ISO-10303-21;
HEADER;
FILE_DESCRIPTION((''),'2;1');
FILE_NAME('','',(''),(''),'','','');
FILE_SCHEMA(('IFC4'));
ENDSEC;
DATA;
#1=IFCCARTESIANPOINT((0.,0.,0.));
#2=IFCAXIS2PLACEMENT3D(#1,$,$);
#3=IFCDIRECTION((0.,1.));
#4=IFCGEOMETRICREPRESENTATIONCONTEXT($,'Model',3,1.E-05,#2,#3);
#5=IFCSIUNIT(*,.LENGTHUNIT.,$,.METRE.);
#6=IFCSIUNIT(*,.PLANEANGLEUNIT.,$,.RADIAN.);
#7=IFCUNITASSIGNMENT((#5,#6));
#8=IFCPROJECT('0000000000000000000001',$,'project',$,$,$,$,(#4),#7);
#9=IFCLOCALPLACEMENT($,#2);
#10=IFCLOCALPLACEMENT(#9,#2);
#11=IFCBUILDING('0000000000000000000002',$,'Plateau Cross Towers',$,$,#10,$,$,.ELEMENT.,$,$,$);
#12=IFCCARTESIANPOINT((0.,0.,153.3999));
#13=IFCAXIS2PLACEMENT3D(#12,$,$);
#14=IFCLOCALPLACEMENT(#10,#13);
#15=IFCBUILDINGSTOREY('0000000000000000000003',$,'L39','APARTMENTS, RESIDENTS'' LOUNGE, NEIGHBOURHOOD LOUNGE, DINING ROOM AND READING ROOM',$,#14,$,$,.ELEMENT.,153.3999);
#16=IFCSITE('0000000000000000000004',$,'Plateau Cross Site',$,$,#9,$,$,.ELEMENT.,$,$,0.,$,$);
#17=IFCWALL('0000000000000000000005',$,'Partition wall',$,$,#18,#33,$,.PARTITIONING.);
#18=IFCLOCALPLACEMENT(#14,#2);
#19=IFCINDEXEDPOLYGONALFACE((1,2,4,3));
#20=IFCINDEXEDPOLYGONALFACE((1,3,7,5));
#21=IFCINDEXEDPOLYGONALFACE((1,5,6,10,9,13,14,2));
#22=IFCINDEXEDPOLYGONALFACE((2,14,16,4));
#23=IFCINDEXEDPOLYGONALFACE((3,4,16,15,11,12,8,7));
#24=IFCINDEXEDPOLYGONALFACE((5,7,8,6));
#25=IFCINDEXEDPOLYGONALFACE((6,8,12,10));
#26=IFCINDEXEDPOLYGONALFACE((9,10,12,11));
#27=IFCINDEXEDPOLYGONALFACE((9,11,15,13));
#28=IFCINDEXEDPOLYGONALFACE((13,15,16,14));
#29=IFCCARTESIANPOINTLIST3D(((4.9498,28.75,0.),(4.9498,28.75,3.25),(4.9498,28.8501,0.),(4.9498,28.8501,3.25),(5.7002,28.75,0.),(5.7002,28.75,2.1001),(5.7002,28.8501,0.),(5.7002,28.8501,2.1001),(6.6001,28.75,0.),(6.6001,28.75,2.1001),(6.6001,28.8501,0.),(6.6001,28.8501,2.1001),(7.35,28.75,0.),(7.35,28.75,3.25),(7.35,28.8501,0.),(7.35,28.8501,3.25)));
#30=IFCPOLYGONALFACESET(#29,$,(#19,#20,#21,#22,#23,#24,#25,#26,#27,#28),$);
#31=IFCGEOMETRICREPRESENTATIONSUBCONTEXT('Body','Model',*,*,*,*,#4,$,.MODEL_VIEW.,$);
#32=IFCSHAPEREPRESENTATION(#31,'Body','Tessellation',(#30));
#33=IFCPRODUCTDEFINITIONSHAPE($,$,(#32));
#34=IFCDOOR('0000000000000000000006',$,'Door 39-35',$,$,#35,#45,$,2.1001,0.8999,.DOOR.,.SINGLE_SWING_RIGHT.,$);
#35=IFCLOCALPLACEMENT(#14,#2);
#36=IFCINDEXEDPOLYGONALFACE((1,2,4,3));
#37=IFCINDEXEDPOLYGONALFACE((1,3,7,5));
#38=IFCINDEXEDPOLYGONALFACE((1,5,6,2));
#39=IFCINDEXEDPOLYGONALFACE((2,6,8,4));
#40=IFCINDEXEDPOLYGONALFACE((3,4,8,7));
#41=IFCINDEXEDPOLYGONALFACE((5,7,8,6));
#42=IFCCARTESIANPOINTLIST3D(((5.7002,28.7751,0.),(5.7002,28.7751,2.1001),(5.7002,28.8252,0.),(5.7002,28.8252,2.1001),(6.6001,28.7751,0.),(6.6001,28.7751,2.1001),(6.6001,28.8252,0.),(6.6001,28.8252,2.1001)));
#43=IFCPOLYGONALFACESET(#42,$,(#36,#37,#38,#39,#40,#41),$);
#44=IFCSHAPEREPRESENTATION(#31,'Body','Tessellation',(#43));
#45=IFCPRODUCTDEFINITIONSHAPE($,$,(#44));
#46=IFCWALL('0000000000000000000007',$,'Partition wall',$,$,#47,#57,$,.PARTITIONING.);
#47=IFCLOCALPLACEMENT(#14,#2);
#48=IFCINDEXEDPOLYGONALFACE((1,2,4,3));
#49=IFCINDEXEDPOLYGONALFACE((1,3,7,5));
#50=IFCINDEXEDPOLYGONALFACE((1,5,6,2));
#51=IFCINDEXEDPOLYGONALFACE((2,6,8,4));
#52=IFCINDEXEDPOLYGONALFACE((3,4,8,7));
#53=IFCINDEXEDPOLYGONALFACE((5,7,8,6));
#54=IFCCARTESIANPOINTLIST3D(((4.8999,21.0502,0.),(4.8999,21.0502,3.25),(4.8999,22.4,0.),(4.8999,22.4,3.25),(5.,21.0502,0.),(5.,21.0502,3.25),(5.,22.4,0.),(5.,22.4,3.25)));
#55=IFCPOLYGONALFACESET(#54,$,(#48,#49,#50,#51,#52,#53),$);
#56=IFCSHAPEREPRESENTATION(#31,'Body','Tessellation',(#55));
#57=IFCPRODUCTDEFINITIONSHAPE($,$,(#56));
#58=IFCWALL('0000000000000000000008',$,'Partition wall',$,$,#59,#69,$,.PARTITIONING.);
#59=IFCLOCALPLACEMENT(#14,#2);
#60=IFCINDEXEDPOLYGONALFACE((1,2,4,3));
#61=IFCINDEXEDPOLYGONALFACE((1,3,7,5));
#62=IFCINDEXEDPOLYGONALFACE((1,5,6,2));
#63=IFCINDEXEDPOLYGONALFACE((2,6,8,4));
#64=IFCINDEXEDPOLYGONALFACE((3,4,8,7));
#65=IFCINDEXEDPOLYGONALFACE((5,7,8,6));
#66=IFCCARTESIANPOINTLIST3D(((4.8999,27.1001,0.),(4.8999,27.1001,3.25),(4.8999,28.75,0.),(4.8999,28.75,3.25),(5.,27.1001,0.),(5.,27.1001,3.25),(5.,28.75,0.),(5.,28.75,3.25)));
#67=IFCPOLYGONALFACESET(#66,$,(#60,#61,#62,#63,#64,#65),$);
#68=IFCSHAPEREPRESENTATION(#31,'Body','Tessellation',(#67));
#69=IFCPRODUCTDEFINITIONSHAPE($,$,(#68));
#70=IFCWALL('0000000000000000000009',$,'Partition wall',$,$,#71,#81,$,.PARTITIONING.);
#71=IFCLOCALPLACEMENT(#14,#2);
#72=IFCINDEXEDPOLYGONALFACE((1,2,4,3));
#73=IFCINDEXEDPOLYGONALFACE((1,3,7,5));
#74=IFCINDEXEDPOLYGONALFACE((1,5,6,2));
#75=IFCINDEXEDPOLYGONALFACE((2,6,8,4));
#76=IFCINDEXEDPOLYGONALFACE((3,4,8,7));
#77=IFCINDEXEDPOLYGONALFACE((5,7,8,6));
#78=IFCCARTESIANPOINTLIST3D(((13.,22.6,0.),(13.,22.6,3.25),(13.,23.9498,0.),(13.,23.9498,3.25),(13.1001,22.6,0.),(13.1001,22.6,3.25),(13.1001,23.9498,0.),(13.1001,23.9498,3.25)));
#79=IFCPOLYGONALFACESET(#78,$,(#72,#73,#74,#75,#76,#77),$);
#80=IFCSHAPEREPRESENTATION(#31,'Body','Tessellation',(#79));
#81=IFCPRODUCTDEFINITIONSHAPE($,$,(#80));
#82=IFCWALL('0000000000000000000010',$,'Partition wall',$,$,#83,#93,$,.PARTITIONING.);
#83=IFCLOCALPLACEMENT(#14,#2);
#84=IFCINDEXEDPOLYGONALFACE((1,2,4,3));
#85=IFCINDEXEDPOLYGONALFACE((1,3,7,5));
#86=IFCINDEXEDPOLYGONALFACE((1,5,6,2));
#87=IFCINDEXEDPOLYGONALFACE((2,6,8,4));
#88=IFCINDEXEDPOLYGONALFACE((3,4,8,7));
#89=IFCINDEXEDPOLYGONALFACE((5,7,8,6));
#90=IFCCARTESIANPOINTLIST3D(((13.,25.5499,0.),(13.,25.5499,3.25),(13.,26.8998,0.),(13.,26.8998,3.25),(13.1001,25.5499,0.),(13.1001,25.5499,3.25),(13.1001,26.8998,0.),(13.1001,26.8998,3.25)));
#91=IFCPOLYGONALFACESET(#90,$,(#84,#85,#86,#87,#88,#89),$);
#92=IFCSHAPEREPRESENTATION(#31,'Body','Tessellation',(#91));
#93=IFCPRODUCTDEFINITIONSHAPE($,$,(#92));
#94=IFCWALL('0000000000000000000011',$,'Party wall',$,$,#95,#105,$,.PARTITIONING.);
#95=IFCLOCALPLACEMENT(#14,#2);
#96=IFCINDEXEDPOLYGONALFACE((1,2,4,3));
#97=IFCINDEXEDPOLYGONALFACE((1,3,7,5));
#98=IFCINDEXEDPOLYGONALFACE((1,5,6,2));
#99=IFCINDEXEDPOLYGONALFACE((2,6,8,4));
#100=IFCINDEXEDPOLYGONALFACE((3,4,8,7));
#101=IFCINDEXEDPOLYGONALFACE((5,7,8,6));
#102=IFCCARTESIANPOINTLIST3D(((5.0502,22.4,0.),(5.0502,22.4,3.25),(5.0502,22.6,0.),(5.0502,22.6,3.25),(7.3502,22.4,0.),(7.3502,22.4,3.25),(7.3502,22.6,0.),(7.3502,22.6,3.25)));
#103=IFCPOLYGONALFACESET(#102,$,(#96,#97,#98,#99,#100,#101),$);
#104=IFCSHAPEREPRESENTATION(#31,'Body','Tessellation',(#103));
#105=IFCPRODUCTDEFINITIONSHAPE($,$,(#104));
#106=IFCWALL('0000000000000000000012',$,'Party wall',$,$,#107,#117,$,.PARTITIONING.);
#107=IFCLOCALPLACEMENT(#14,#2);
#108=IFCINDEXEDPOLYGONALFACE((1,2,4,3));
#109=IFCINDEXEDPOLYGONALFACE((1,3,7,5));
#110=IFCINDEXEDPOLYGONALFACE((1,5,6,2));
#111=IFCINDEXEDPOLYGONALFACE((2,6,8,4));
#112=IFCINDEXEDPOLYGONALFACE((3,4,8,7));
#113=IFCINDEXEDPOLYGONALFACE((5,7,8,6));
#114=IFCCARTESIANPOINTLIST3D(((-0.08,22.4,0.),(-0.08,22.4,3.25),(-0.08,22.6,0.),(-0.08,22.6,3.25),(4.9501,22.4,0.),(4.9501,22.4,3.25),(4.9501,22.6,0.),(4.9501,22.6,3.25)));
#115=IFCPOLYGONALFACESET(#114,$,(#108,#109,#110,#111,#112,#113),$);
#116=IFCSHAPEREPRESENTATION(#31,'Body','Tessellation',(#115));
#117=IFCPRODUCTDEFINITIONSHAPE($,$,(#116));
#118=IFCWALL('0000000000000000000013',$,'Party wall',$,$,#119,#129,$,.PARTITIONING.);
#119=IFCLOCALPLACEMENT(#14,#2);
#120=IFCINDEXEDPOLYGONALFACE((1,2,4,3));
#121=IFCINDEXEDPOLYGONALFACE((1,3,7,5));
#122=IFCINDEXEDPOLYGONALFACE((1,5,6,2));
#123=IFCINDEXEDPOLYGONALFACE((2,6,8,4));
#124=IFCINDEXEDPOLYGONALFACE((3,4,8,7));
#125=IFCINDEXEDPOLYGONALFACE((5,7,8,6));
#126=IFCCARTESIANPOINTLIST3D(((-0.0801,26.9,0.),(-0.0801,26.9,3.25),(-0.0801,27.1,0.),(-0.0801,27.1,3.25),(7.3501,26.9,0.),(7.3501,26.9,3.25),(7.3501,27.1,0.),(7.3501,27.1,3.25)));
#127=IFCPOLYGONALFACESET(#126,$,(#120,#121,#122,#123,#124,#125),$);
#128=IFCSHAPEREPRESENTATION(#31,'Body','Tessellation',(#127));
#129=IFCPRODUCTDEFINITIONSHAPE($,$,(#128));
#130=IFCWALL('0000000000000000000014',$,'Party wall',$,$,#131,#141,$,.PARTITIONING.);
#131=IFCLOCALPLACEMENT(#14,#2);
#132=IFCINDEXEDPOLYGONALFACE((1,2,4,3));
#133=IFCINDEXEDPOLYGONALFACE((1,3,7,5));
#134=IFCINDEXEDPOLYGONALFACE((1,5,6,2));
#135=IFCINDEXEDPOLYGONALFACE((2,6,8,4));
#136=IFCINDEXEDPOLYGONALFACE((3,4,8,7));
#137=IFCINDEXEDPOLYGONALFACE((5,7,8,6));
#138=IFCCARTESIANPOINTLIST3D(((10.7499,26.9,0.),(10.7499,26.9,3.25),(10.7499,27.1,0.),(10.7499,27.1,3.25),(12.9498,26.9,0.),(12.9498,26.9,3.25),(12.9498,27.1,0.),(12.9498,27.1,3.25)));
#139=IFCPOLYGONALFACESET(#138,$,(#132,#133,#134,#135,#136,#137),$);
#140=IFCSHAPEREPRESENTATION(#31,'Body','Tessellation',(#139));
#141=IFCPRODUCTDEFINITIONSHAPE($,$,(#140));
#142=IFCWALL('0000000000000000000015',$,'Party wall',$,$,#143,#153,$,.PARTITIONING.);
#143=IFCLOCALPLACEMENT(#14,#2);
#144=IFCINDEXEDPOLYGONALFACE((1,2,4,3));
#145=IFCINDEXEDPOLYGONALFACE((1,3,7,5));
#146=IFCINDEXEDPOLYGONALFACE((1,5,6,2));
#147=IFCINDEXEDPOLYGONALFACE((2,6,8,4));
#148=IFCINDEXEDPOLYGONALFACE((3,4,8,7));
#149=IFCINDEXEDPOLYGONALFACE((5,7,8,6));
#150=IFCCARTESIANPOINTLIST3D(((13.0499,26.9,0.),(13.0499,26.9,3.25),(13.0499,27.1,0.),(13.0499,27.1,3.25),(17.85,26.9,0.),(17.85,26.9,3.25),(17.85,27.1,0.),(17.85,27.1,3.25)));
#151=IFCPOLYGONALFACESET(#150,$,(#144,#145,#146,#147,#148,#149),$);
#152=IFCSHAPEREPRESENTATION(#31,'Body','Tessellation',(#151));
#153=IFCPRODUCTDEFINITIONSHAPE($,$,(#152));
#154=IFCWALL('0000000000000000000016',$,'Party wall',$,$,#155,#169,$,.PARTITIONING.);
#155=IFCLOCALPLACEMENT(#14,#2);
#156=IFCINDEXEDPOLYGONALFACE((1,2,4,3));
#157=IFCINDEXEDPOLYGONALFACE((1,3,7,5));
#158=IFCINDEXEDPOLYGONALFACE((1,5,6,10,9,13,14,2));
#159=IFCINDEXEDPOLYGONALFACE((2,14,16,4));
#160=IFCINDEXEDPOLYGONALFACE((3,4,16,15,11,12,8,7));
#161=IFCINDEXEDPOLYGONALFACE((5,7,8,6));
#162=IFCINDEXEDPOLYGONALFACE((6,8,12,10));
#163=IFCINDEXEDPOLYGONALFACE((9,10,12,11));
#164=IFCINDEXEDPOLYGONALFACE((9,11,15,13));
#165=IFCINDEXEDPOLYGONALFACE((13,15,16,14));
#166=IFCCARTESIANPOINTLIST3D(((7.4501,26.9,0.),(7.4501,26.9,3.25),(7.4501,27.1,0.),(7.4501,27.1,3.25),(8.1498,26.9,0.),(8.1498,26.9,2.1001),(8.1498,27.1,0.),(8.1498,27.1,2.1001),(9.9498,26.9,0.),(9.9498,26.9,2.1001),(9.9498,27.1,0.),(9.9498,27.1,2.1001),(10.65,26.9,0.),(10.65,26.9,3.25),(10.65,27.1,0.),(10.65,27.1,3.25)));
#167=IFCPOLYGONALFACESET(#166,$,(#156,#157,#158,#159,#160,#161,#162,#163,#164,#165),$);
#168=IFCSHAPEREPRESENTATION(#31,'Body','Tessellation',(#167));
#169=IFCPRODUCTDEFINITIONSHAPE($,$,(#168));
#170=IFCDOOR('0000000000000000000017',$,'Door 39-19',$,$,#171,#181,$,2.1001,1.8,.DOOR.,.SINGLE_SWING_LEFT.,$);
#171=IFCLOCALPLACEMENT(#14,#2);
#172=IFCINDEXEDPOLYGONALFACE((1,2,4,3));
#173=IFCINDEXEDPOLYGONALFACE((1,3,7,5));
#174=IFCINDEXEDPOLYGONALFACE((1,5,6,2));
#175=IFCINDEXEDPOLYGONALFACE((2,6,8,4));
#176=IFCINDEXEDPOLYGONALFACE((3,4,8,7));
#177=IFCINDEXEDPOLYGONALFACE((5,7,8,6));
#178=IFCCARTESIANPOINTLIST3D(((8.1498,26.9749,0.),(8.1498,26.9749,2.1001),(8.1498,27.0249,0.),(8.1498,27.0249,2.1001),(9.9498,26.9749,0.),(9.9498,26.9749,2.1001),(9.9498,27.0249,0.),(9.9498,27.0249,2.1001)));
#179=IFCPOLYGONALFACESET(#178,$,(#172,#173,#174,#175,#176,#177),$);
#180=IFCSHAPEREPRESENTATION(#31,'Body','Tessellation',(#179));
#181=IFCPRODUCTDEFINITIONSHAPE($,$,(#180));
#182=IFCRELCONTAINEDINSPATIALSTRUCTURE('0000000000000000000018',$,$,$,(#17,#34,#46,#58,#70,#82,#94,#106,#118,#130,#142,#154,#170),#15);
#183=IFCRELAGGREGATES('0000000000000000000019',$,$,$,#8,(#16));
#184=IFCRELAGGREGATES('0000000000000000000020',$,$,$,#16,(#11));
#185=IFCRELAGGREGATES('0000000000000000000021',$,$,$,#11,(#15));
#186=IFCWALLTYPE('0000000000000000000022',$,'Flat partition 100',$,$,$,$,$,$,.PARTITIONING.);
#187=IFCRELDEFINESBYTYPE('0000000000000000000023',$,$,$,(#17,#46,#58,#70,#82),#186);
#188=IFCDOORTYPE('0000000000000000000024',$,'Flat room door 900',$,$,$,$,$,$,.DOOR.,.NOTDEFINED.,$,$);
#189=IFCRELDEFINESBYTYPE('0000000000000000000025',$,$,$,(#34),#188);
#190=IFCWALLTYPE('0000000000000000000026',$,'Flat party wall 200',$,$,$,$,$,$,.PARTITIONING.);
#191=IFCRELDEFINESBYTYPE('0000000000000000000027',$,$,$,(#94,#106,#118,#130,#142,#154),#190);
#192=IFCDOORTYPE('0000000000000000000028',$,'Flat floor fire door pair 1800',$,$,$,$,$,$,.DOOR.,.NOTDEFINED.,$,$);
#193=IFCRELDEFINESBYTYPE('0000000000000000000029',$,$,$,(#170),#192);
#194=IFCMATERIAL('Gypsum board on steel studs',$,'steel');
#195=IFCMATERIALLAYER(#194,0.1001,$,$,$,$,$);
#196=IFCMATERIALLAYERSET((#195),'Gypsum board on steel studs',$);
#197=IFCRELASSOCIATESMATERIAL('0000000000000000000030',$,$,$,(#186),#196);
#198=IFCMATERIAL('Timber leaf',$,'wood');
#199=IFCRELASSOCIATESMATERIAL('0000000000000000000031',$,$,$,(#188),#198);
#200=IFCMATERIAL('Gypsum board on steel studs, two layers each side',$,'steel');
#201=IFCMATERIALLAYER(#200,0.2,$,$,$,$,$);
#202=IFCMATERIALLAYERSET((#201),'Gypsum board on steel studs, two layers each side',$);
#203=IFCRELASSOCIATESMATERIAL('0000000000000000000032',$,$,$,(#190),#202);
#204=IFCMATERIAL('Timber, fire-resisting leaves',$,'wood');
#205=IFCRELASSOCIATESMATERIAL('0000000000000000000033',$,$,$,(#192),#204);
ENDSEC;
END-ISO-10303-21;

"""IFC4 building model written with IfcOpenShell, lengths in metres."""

from ifc_helpers import new_model, si_unit, direction, frame, frame_2d, origin, place, context, subcontext, project, spatial, rectangle, extrude, material, layer, layer_set, type_object, element, fill, save


model = new_model("IFC4")

# Units and contexts
model_context = context("Model", 3, precision=1e-05, world=origin(), true_north=direction((0.0, 1.0)))
body_context = subcontext(model_context, "Body", "Model", "MODEL_VIEW")
ifc_project = project(units=[si_unit("LENGTHUNIT", "METRE"), si_unit("PLANEANGLEUNIT", "RADIAN")], contexts=[model_context])

# Site, building, storey
site_placement = place(None, origin())
site = spatial("IfcSite", under=ifc_project, at=site_placement, Name="Plateau Cross Site", CompositionType="ELEMENT", RefElevation=0.0)
building_placement = place(site_placement, origin())
building = spatial("IfcBuilding", under=site, at=building_placement, Name="Plateau Cross Towers", CompositionType="ELEMENT")
storey_placement = place(building_placement, frame((0.0, 0.0, 153.3999)))
storey = spatial("IfcBuildingStorey", under=building, at=storey_placement, Name="L39", Description="APARTMENTS, RESIDENTS' LOUNGE, NEIGHBOURHOOD LOUNGE, DINING ROOM AND READING ROOM", CompositionType="ELEMENT", Elevation=153.3999)

# Wall, opening, door
ifc_material_1 = material(Name="Gypsum board on steel studs", Category="steel")
ifc_layer_1 = layer(ifc_material_1, 0.1001)
ifc_layer_set_1 = layer_set([ifc_layer_1], Name="Gypsum board on steel studs")
wall_type_1 = type_object("IfcWallType", Name="Flat partition 100", PredefinedType="PARTITIONING", material=ifc_layer_set_1)
ifc_material_2 = material(Name="Timber leaf", Category="wood")
door_type_1 = type_object("IfcDoorType", Name="Flat room door 900", OperationType="NOTDEFINED", PredefinedType="DOOR", material=ifc_material_2)
wall_1_placement = place(storey_placement, frame((7.3501, 28.8, 0.0), z_axis=(0.0, 0.0, 1.0), x_axis=(-1.0, 0.0, 0.0)))
wall_1 = element("IfcWall", 1, at=wall_1_placement, inside=storey, type_object=wall_type_1, Name="Partition wall", PredefinedType="PARTITIONING", context=body_context, shape_type="SweptSolid", body=[
    extrude(rectangle(XDim=2.4001, YDim=0.1001, at=frame_2d((1.2002, 0.0))), origin(), (0.0, 0.0, 1.0), 3.25),
])
opening_1_placement = place(wall_1_placement, frame((0.75, 0.0, 0.0)))
opening_1 = element("IfcOpeningElement", 2, at=opening_1_placement, cuts=wall_1, PredefinedType="OPENING", context=body_context, shape_type="SweptSolid", body=[
    extrude(rectangle(XDim=0.8999, YDim=2.1001, at=frame_2d((0.45, 1.05))), frame((0.0, 0.0601, 0.0), z_axis=(0.0, -1.0, 0.0), x_axis=(1.0, 0.0, 0.0)), (0.0, 0.0, 1.0), 0.1201),
])
door_1_placement = place(opening_1_placement, origin())
door_1 = element("IfcDoor", 3, at=door_1_placement, inside=storey, type_object=door_type_1, Name="Door 39-35", OperationType="SINGLE_SWING_RIGHT", OverallHeight=2.1001, OverallWidth=0.8999, PredefinedType="DOOR", context=body_context, shape_type="SweptSolid", body=[
    extrude(rectangle(XDim=0.8999, YDim=2.1001, at=frame_2d((0.45, 1.05))), frame((0.0, 0.0249, 0.0), z_axis=(0.0, -1.0, 0.0), x_axis=(1.0, 0.0, 0.0)), (0.0, 0.0, 1.0), 0.05),
])
fill(opening_1, door_1)

# Walls
wall_2_placement = place(storey_placement, frame((4.95, 22.3999, 0.0), z_axis=(0.0, 0.0, 1.0), x_axis=(0.0, -1.0, 0.0)))
element("IfcWall", 4, at=wall_2_placement, inside=storey, type_object=wall_type_1, Name="Partition wall", PredefinedType="PARTITIONING", context=body_context, shape_type="SweptSolid", body=[
    extrude(rectangle(XDim=1.3499, YDim=0.1001, at=frame_2d((0.6748, 0.0))), origin(), (0.0, 0.0, 1.0), 3.25),
])
wall_3_placement = place(storey_placement, frame((4.95, 28.75, 0.0), z_axis=(0.0, 0.0, 1.0), x_axis=(0.0, -1.0, 0.0)))
element("IfcWall", 5, at=wall_3_placement, inside=storey, type_object=wall_type_1, Name="Partition wall", PredefinedType="PARTITIONING", context=body_context, shape_type="SweptSolid", body=[
    extrude(rectangle(XDim=1.6499, YDim=0.1001, at=frame_2d((0.825, 0.0))), origin(), (0.0, 0.0, 1.0), 3.25),
])
for number, where, z_axis, x_axis, name in (
    (6, (13.05, 22.6001, 0.0), (0.0, 0.0, 1.0), (0.0, 1.0, 0.0), "Partition wall"),
    (7, (13.05, 25.55, 0.0), (0.0, 0.0, 1.0), (0.0, 1.0, 0.0), "Partition wall"),
):
    element("IfcWall", number, at=place(storey_placement, frame(where, z_axis=z_axis, x_axis=x_axis)), inside=storey, type_object=wall_type_1, Name=name, PredefinedType="PARTITIONING", context=body_context, shape_type="SweptSolid", body=[
        extrude(rectangle(XDim=1.3499, YDim=0.1001, at=frame_2d((0.6748, 0.0))), origin(), (0.0, 0.0, 1.0), 3.25),
    ])
ifc_material_3 = material(Name="Gypsum board on steel studs, two layers each side", Category="steel")
ifc_layer_2 = layer(ifc_material_3, 0.2)
ifc_layer_set_2 = layer_set([ifc_layer_2], Name="Gypsum board on steel studs, two layers each side")
wall_type_2 = type_object("IfcWallType", Name="Flat party wall 200", PredefinedType="PARTITIONING", material=ifc_layer_set_2)
wall_4_placement = place(storey_placement, frame((7.3501, 22.5, 0.0), z_axis=(0.0, 0.0, 1.0), x_axis=(-1.0, 0.0, 0.0)))
element("IfcWall", 8, at=wall_4_placement, inside=storey, type_object=wall_type_2, Name="Party wall", PredefinedType="PARTITIONING", context=body_context, shape_type="SweptSolid", body=[
    extrude(rectangle(XDim=2.3, YDim=0.2, at=frame_2d((1.1499, 0.0))), origin(), (0.0, 0.0, 1.0), 3.25),
])
wall_5_placement = place(storey_placement, frame((-0.0801, 22.5, 0.0), z_axis=(0.0, 0.0, 1.0), x_axis=(1.0, 0.0, 0.0)))
element("IfcWall", 9, at=wall_5_placement, inside=storey, type_object=wall_type_2, Name="Party wall", PredefinedType="PARTITIONING", context=body_context, shape_type="SweptSolid", body=[
    extrude(rectangle(XDim=5.03, YDim=0.2, at=frame_2d((2.5151, 0.0))), origin(), (0.0, 0.0, 1.0), 3.25),
])
wall_6_placement = place(storey_placement, frame((7.3501, 27.0, 0.0), z_axis=(0.0, 0.0, 1.0), x_axis=(-1.0, 0.0, 0.0)))
element("IfcWall", 10, at=wall_6_placement, inside=storey, type_object=wall_type_2, Name="Party wall", PredefinedType="PARTITIONING", context=body_context, shape_type="SweptSolid", body=[
    extrude(rectangle(XDim=7.4302, YDim=0.2, at=frame_2d((3.7151, 0.0))), origin(), (0.0, 0.0, 1.0), 3.25),
])
wall_7_placement = place(storey_placement, frame((12.95, 27.0, 0.0), z_axis=(0.0, 0.0, 1.0), x_axis=(-1.0, 0.0, 0.0)))
element("IfcWall", 11, at=wall_7_placement, inside=storey, type_object=wall_type_2, Name="Party wall", PredefinedType="PARTITIONING", context=body_context, shape_type="SweptSolid", body=[
    extrude(rectangle(XDim=2.2, YDim=0.2, at=frame_2d((1.1001, 0.0))), origin(), (0.0, 0.0, 1.0), 3.25),
])
wall_8_placement = place(storey_placement, frame((13.05, 27.0, 0.0), z_axis=(0.0, 0.0, 1.0), x_axis=(1.0, 0.0, 0.0)))
element("IfcWall", 12, at=wall_8_placement, inside=storey, type_object=wall_type_2, Name="Party wall", PredefinedType="PARTITIONING", context=body_context, shape_type="SweptSolid", body=[
    extrude(rectangle(XDim=4.8, YDim=0.2, at=frame_2d((2.3999, 0.0))), origin(), (0.0, 0.0, 1.0), 3.25),
])

# Wall, opening, door
wall_9_placement = place(storey_placement, frame((7.45, 27.0, 0.0), z_axis=(0.0, 0.0, 1.0), x_axis=(1.0, 0.0, 0.0)))
wall_9 = element("IfcWall", 13, at=wall_9_placement, inside=storey, type_object=wall_type_2, Name="Party wall", PredefinedType="PARTITIONING", context=body_context, shape_type="SweptSolid", body=[
    extrude(rectangle(XDim=3.2, YDim=0.2, at=frame_2d((1.6001, 0.0))), origin(), (0.0, 0.0, 1.0), 3.25),
])
opening_2_placement = place(wall_9_placement, frame((0.7, 0.0, 0.0)))
opening_2 = element("IfcOpeningElement", 14, at=opening_2_placement, cuts=wall_9, PredefinedType="OPENING", context=body_context, shape_type="SweptSolid", body=[
    extrude(rectangle(XDim=1.8, YDim=2.1001, at=frame_2d((0.8999, 1.05))), frame((0.0, 0.1099, 0.0), z_axis=(0.0, -1.0, 0.0), x_axis=(1.0, 0.0, 0.0)), (0.0, 0.0, 1.0), 0.22),
])
ifc_material_4 = material(Name="Timber, fire-resisting leaves", Category="wood")
door_type_2 = type_object("IfcDoorType", Name="Flat floor fire door pair 1800", OperationType="NOTDEFINED", PredefinedType="DOOR", material=ifc_material_4)
door_2_placement = place(opening_2_placement, origin())
door_2 = element("IfcDoor", 15, at=door_2_placement, inside=storey, type_object=door_type_2, Name="Door 39-19", OperationType="SINGLE_SWING_LEFT", OverallHeight=2.1001, OverallWidth=1.8, PredefinedType="DOOR", context=body_context, shape_type="SweptSolid", body=[
    extrude(rectangle(XDim=1.8, YDim=2.1001, at=frame_2d((0.8999, 1.05))), frame((0.0, 0.0249, 0.0), z_axis=(0.0, -1.0, 0.0), x_axis=(1.0, 0.0, 0.0)), (0.0, 0.0, 1.0), 0.05),
])
fill(opening_2, door_2)

save(model, "model.ifc")
